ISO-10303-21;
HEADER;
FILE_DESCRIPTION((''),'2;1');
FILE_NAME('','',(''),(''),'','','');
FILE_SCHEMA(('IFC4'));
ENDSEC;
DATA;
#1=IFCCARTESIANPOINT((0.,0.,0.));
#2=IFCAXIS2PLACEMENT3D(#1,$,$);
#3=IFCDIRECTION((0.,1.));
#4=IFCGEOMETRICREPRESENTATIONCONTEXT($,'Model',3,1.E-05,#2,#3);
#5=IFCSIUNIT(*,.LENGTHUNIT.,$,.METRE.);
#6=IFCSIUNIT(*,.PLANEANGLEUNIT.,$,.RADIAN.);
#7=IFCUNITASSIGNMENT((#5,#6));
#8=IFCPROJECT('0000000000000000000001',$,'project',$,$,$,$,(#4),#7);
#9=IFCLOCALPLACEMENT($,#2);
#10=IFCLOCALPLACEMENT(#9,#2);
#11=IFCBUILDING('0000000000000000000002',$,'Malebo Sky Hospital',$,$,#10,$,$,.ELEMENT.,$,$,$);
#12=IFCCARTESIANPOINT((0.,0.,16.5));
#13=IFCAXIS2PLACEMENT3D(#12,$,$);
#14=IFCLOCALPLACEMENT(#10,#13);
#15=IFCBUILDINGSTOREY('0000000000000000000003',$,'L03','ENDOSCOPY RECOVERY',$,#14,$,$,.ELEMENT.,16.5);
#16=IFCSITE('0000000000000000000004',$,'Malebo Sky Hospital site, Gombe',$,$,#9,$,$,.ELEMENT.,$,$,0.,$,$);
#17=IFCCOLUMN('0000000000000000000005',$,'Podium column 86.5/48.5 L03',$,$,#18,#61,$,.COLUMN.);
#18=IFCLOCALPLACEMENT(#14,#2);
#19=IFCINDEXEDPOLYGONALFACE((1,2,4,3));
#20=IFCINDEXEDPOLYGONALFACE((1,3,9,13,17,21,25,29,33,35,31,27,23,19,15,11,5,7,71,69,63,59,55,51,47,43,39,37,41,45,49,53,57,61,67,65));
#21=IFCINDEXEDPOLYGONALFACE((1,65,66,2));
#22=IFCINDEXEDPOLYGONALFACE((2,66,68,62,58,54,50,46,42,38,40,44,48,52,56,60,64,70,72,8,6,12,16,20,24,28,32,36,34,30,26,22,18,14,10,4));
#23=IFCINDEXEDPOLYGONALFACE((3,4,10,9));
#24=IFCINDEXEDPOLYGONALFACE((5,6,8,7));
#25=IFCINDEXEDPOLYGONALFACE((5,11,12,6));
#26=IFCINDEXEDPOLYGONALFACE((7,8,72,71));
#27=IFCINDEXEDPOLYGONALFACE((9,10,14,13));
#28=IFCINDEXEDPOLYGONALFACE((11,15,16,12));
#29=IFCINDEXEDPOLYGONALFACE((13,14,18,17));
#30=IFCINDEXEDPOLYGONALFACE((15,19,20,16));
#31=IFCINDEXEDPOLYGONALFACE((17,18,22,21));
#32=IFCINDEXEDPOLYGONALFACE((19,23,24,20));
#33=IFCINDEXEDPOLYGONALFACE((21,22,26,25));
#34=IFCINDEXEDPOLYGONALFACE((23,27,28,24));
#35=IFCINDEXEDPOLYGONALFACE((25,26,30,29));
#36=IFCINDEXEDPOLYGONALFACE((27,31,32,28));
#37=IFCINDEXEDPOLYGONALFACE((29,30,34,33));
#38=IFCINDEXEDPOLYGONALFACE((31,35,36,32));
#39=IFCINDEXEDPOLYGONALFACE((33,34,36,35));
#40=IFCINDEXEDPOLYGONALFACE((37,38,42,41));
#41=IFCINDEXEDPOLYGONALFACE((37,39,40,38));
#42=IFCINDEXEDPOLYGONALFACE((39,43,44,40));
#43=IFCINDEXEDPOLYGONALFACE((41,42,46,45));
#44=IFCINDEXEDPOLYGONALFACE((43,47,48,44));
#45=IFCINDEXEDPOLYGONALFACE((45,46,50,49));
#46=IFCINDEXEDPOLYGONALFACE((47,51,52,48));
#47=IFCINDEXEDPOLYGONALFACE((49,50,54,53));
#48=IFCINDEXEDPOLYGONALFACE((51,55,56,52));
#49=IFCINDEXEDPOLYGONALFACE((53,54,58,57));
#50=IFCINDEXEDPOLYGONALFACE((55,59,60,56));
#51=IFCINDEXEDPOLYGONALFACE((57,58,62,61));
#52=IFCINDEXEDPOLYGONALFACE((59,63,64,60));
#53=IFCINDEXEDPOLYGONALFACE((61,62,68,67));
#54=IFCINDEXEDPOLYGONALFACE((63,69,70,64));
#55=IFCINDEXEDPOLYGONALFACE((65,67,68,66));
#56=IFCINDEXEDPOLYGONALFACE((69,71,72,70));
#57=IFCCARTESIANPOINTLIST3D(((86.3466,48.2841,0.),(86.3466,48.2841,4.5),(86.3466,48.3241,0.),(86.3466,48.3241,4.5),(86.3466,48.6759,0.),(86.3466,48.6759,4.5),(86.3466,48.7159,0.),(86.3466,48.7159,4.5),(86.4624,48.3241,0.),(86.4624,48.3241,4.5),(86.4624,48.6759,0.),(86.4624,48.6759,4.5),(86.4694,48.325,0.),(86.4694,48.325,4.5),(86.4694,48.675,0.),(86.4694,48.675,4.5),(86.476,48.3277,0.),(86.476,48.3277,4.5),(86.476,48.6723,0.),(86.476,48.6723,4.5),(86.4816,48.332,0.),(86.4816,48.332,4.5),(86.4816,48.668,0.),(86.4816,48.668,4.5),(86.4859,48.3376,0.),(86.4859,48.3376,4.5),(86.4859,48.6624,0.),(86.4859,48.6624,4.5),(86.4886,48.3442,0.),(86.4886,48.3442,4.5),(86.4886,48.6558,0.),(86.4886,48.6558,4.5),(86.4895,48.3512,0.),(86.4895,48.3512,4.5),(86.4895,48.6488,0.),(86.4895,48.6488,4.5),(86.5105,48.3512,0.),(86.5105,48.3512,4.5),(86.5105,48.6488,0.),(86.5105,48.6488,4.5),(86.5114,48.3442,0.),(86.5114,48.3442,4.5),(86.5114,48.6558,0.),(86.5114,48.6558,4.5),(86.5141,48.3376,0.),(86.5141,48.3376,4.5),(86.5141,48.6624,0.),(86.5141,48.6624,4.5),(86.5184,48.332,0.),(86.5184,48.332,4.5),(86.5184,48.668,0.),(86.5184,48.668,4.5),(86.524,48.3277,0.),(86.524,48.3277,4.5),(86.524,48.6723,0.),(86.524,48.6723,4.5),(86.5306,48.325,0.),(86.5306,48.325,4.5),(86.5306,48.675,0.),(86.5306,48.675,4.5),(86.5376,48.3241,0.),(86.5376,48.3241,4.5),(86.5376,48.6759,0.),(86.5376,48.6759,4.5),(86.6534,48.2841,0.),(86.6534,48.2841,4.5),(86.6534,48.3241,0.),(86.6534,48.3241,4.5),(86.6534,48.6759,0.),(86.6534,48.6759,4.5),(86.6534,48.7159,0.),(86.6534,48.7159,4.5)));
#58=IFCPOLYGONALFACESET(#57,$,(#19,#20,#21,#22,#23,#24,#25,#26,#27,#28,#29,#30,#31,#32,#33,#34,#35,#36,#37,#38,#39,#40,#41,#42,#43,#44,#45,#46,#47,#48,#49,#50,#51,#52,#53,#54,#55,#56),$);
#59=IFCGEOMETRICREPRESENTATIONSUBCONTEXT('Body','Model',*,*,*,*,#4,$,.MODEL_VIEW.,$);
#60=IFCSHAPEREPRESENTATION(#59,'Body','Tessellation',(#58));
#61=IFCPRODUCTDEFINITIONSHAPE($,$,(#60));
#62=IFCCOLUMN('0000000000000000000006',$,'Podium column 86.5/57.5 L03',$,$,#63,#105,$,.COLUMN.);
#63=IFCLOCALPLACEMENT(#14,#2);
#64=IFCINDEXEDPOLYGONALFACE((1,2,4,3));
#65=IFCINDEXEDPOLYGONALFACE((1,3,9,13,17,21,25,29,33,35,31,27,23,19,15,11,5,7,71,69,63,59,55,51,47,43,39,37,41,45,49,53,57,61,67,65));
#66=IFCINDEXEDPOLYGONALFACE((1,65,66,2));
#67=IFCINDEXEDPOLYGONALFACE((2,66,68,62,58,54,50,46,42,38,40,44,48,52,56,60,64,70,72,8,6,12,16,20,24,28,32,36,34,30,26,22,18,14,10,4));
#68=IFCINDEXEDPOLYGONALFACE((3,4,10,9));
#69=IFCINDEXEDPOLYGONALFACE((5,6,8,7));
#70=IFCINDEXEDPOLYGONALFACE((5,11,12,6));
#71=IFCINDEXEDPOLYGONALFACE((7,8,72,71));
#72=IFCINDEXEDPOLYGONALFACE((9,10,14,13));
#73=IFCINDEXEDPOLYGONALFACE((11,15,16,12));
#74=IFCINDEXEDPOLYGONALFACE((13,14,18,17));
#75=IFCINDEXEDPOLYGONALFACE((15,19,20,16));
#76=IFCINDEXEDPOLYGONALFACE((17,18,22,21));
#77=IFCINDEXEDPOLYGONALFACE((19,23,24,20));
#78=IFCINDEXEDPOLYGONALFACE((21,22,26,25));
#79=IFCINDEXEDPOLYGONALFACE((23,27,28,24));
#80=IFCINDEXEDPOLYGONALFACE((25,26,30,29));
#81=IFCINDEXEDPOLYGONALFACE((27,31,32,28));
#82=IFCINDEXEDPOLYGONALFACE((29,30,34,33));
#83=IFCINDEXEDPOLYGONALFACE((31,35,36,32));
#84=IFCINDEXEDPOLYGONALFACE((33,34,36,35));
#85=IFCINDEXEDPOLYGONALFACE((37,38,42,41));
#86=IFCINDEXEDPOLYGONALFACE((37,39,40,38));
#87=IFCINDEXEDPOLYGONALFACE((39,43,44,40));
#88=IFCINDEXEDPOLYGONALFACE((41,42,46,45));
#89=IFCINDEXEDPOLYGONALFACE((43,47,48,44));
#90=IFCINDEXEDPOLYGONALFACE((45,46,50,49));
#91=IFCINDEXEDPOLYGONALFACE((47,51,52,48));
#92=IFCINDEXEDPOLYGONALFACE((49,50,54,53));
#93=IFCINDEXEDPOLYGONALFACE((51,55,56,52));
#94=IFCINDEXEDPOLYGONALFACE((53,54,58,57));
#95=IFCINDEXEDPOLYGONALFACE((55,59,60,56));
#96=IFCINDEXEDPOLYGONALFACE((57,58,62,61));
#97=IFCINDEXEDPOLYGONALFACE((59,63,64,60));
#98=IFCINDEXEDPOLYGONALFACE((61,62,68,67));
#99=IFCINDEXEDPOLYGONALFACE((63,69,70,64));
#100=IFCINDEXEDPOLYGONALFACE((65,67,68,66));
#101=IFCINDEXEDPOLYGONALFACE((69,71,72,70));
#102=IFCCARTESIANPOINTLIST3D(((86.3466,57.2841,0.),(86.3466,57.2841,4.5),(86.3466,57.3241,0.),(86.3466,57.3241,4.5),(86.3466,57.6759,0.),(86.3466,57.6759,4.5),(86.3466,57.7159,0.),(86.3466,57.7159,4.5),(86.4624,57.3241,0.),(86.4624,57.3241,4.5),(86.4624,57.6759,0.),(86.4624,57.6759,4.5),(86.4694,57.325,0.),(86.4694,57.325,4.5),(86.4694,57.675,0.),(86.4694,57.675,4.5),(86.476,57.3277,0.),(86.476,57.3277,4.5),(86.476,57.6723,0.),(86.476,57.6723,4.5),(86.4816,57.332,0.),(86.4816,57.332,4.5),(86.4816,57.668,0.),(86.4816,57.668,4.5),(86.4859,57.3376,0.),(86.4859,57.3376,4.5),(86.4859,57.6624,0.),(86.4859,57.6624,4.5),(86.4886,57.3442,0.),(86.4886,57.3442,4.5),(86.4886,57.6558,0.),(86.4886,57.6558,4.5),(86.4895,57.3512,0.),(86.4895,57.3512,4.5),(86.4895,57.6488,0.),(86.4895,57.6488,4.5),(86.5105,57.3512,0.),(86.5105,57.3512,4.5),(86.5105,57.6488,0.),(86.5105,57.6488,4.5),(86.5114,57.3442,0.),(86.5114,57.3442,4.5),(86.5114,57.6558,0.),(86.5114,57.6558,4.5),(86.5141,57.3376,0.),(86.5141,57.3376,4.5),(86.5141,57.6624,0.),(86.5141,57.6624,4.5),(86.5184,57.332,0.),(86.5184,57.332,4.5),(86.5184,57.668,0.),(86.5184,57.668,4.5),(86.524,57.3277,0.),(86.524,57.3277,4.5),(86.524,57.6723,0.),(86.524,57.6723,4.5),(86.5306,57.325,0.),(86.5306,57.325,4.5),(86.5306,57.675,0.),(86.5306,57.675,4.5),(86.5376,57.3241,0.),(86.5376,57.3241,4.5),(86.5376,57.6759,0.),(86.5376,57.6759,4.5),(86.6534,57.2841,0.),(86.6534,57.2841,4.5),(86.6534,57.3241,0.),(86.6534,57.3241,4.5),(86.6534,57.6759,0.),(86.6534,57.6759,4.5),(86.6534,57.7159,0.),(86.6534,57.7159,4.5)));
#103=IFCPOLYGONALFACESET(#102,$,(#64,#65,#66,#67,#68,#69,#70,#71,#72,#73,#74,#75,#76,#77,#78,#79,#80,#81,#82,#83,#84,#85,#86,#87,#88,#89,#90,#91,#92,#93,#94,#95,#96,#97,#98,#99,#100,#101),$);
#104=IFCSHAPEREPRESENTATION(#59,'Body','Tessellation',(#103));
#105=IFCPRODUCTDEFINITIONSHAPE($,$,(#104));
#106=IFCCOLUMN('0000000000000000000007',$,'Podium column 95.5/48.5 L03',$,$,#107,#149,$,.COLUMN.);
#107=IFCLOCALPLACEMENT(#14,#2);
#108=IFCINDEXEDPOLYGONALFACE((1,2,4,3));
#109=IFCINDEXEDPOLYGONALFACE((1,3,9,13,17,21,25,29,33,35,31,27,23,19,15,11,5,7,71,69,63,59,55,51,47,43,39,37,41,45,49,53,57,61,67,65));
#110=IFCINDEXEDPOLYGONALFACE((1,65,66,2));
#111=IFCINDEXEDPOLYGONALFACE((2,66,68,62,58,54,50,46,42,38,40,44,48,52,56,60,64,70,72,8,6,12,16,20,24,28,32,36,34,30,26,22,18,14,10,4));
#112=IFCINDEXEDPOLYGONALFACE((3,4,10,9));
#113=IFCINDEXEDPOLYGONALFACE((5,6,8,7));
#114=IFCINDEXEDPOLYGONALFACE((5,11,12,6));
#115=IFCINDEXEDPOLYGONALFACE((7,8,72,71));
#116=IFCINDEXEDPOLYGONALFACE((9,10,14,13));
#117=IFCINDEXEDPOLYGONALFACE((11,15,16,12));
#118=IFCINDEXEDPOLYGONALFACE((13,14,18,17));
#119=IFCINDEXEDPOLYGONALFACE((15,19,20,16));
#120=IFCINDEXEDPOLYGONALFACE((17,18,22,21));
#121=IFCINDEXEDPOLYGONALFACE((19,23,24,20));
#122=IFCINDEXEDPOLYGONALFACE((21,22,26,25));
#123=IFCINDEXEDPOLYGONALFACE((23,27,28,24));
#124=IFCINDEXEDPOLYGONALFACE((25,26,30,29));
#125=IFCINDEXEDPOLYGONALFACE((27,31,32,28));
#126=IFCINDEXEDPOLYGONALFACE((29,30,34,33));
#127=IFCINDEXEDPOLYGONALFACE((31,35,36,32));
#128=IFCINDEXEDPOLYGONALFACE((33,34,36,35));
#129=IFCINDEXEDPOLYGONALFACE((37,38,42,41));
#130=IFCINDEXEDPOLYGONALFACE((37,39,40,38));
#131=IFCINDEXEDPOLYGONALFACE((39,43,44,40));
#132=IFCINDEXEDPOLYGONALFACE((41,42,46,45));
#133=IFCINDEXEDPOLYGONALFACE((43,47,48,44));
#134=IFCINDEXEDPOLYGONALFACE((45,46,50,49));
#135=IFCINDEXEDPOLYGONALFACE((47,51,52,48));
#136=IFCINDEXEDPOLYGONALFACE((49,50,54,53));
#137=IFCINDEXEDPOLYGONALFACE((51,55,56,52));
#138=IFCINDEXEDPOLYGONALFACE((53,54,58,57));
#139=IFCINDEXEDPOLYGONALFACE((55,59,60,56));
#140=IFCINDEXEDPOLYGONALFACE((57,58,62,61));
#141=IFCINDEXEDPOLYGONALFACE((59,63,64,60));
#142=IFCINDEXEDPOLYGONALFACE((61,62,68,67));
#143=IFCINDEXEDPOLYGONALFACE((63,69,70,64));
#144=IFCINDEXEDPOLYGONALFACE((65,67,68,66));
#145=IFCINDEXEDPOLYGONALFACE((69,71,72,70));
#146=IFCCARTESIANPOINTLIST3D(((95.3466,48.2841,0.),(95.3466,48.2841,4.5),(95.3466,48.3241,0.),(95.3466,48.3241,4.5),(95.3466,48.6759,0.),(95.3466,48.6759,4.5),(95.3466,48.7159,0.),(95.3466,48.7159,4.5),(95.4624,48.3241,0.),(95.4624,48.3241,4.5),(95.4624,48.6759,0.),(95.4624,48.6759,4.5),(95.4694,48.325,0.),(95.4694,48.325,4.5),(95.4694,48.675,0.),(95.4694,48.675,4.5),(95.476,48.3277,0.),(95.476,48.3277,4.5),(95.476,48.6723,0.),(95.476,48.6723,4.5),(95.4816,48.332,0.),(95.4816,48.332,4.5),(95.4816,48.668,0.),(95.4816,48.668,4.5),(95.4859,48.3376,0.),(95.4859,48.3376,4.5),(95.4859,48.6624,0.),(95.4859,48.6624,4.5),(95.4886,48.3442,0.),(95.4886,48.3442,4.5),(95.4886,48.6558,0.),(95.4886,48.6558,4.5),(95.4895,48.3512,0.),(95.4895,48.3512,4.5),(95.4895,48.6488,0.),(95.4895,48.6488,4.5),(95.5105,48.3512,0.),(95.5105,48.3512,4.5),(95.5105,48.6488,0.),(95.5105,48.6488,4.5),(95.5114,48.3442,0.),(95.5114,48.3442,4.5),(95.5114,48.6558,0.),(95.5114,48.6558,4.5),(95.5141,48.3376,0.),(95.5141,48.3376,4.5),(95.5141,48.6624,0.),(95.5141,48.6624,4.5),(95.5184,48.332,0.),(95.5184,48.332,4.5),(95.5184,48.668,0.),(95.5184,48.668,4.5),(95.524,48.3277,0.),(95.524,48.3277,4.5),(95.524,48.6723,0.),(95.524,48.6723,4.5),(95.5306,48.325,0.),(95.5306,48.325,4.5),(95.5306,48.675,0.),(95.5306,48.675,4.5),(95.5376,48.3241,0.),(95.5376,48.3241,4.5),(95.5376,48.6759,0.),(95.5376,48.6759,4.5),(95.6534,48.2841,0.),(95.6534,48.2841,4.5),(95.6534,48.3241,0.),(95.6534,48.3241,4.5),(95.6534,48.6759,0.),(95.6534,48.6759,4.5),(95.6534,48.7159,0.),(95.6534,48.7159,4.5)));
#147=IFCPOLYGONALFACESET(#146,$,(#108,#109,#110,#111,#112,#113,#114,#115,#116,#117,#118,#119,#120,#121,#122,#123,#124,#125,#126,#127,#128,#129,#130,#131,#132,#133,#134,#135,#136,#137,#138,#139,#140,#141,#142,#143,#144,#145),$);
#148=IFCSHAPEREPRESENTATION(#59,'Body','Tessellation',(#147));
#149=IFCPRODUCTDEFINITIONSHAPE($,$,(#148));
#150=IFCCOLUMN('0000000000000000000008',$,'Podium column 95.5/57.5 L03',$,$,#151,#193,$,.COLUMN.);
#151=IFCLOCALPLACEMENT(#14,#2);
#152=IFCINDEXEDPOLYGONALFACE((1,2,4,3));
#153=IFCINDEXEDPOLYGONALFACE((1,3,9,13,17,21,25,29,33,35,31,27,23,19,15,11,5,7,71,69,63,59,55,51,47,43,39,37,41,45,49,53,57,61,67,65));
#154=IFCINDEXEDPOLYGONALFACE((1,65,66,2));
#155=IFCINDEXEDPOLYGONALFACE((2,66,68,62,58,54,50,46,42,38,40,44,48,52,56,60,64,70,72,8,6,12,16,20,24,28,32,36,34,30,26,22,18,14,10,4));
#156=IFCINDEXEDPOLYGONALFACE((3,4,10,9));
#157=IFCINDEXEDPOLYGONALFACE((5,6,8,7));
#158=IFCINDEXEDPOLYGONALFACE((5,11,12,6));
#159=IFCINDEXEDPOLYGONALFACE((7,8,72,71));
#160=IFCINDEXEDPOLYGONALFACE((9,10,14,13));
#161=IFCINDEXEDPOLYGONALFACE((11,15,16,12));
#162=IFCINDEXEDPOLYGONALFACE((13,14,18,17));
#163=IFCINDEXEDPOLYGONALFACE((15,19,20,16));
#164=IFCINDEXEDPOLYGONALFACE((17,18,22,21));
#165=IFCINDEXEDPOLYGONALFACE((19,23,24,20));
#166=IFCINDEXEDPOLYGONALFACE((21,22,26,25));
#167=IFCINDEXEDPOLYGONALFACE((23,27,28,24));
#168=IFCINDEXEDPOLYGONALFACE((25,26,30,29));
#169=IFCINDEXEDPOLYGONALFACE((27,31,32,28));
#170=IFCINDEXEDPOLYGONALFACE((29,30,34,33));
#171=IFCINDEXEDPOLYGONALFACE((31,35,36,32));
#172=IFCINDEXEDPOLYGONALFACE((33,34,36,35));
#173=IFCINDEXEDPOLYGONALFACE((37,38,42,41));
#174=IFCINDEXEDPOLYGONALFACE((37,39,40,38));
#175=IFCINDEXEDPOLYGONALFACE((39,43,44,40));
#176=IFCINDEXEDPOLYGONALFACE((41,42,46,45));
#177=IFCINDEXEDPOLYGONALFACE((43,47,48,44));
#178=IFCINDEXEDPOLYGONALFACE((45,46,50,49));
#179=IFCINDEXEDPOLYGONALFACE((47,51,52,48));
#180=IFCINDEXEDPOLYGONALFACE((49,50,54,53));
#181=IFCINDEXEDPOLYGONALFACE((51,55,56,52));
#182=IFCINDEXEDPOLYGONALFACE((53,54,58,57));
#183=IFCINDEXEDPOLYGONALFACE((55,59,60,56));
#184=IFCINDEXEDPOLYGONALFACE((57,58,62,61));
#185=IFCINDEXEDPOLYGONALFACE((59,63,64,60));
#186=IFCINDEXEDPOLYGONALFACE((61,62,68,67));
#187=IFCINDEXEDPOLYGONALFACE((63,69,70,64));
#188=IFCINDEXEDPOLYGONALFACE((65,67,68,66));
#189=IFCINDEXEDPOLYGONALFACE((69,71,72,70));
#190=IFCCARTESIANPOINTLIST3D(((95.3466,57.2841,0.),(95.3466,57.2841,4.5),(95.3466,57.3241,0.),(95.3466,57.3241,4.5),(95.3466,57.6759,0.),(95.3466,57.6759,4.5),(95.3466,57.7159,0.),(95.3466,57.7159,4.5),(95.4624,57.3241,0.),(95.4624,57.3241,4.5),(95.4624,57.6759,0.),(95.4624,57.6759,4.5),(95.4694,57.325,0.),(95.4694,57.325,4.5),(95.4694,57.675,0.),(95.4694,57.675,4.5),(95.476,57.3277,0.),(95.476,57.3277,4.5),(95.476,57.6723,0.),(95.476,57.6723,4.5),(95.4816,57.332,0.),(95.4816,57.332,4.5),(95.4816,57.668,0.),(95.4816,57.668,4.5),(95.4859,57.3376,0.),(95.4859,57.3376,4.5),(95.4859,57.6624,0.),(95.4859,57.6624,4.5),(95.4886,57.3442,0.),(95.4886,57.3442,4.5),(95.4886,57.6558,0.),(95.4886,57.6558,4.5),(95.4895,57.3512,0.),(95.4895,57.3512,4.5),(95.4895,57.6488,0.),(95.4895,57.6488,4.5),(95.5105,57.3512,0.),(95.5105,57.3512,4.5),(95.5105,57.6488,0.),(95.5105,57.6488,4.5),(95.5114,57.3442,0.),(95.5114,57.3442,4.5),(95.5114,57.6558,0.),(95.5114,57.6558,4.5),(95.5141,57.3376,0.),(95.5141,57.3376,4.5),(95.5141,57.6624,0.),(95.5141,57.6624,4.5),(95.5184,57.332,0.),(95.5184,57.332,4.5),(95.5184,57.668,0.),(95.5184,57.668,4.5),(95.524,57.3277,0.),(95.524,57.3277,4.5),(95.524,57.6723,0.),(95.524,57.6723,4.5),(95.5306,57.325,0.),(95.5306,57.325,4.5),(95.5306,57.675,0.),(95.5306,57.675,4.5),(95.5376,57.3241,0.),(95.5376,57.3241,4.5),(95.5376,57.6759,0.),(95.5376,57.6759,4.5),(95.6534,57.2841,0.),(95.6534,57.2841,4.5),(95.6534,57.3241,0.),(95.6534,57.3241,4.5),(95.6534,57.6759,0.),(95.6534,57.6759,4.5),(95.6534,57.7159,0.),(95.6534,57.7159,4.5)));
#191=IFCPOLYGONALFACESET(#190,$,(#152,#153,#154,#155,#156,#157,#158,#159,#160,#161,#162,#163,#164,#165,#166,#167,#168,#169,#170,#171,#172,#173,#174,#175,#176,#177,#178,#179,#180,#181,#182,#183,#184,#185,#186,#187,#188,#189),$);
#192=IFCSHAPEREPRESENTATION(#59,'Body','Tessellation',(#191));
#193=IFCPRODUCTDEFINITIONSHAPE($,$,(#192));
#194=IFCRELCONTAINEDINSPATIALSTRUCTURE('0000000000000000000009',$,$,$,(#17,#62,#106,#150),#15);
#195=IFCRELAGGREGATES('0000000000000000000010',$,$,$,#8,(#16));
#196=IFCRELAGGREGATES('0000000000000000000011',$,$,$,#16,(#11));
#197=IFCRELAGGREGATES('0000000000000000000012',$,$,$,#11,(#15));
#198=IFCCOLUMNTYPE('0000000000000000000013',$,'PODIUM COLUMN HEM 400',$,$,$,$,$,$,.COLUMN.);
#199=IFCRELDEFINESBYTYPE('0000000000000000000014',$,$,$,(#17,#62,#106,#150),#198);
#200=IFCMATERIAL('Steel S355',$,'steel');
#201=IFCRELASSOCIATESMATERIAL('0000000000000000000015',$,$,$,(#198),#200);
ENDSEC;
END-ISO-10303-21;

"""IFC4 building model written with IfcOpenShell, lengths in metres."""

from ifc_helpers import new_model, si_unit, direction, frame, origin, origin_2d, place, context, subcontext, project, spatial, i_section, extrude, material, material_profile, profile_set, type_object, element, save


model = new_model("IFC4")

# Units and contexts
model_context = context("Model", 3, precision=1e-05, world=origin(), true_north=direction((0.0, 1.0)))
body_context = subcontext(model_context, "Body", "Model", "MODEL_VIEW")
ifc_project = project(units=[si_unit("LENGTHUNIT", "METRE"), si_unit("PLANEANGLEUNIT", "RADIAN")], contexts=[model_context])

# Site, building, storey
site_placement = place(None, origin())
site = spatial("IfcSite", under=ifc_project, at=site_placement, Name="Malebo Sky Hospital site, Gombe", CompositionType="ELEMENT", RefElevation=0.0)
building_placement = place(site_placement, origin())
building = spatial("IfcBuilding", under=site, at=building_placement, Name="Malebo Sky Hospital", CompositionType="ELEMENT")
storey_placement = place(building_placement, frame((0.0, 0.0, 16.5)))
storey = spatial("IfcBuildingStorey", under=building, at=storey_placement, Name="L03", Description="ENDOSCOPY RECOVERY", CompositionType="ELEMENT", Elevation=16.5)

# Columns
ifc_material_1 = material(Name="Steel S355", Category="steel")
ifc_material_profile_1 = material_profile(ifc_material_1, i_section(OverallWidth=0.3069, OverallDepth=0.4319, WebThickness=0.021, FlangeThickness=0.04, FilletRadius=0.0271, at=origin_2d()), Name="HEM 400")
ifc_profile_set_1 = profile_set([ifc_material_profile_1], Name="Steel S355")
column_type = type_object("IfcColumnType", Name="PODIUM COLUMN HEM 400", PredefinedType="COLUMN", material=ifc_profile_set_1)
for number, where, z_axis, x_axis, name in (
    (1, (86.5, 48.5, 0.0), (0.0, 0.0, 1.0), (1.0, 0.0, 0.0), "Podium column 86.5/48.5 L03"),
    (2, (86.5, 57.5, 0.0), (0.0, 0.0, 1.0), (1.0, 0.0, 0.0), "Podium column 86.5/57.5 L03"),
    (3, (95.5, 48.5, 0.0), (0.0, 0.0, 1.0), (1.0, 0.0, 0.0), "Podium column 95.5/48.5 L03"),
    (4, (95.5, 57.5, 0.0), (0.0, 0.0, 1.0), (1.0, 0.0, 0.0), "Podium column 95.5/57.5 L03"),
):
    element("IfcColumn", number, at=place(storey_placement, frame(where, z_axis=z_axis, x_axis=x_axis)), inside=storey, type_object=column_type, Name=name, PredefinedType="COLUMN", context=body_context, shape_type="SweptSolid", body=[
        extrude(i_section(OverallWidth=0.3069, OverallDepth=0.4319, WebThickness=0.021, FlangeThickness=0.04, FilletRadius=0.0271, at=origin_2d()), origin(), (0.0, 0.0, 1.0), 4.5),
    ])

save(model, "model.ifc")
